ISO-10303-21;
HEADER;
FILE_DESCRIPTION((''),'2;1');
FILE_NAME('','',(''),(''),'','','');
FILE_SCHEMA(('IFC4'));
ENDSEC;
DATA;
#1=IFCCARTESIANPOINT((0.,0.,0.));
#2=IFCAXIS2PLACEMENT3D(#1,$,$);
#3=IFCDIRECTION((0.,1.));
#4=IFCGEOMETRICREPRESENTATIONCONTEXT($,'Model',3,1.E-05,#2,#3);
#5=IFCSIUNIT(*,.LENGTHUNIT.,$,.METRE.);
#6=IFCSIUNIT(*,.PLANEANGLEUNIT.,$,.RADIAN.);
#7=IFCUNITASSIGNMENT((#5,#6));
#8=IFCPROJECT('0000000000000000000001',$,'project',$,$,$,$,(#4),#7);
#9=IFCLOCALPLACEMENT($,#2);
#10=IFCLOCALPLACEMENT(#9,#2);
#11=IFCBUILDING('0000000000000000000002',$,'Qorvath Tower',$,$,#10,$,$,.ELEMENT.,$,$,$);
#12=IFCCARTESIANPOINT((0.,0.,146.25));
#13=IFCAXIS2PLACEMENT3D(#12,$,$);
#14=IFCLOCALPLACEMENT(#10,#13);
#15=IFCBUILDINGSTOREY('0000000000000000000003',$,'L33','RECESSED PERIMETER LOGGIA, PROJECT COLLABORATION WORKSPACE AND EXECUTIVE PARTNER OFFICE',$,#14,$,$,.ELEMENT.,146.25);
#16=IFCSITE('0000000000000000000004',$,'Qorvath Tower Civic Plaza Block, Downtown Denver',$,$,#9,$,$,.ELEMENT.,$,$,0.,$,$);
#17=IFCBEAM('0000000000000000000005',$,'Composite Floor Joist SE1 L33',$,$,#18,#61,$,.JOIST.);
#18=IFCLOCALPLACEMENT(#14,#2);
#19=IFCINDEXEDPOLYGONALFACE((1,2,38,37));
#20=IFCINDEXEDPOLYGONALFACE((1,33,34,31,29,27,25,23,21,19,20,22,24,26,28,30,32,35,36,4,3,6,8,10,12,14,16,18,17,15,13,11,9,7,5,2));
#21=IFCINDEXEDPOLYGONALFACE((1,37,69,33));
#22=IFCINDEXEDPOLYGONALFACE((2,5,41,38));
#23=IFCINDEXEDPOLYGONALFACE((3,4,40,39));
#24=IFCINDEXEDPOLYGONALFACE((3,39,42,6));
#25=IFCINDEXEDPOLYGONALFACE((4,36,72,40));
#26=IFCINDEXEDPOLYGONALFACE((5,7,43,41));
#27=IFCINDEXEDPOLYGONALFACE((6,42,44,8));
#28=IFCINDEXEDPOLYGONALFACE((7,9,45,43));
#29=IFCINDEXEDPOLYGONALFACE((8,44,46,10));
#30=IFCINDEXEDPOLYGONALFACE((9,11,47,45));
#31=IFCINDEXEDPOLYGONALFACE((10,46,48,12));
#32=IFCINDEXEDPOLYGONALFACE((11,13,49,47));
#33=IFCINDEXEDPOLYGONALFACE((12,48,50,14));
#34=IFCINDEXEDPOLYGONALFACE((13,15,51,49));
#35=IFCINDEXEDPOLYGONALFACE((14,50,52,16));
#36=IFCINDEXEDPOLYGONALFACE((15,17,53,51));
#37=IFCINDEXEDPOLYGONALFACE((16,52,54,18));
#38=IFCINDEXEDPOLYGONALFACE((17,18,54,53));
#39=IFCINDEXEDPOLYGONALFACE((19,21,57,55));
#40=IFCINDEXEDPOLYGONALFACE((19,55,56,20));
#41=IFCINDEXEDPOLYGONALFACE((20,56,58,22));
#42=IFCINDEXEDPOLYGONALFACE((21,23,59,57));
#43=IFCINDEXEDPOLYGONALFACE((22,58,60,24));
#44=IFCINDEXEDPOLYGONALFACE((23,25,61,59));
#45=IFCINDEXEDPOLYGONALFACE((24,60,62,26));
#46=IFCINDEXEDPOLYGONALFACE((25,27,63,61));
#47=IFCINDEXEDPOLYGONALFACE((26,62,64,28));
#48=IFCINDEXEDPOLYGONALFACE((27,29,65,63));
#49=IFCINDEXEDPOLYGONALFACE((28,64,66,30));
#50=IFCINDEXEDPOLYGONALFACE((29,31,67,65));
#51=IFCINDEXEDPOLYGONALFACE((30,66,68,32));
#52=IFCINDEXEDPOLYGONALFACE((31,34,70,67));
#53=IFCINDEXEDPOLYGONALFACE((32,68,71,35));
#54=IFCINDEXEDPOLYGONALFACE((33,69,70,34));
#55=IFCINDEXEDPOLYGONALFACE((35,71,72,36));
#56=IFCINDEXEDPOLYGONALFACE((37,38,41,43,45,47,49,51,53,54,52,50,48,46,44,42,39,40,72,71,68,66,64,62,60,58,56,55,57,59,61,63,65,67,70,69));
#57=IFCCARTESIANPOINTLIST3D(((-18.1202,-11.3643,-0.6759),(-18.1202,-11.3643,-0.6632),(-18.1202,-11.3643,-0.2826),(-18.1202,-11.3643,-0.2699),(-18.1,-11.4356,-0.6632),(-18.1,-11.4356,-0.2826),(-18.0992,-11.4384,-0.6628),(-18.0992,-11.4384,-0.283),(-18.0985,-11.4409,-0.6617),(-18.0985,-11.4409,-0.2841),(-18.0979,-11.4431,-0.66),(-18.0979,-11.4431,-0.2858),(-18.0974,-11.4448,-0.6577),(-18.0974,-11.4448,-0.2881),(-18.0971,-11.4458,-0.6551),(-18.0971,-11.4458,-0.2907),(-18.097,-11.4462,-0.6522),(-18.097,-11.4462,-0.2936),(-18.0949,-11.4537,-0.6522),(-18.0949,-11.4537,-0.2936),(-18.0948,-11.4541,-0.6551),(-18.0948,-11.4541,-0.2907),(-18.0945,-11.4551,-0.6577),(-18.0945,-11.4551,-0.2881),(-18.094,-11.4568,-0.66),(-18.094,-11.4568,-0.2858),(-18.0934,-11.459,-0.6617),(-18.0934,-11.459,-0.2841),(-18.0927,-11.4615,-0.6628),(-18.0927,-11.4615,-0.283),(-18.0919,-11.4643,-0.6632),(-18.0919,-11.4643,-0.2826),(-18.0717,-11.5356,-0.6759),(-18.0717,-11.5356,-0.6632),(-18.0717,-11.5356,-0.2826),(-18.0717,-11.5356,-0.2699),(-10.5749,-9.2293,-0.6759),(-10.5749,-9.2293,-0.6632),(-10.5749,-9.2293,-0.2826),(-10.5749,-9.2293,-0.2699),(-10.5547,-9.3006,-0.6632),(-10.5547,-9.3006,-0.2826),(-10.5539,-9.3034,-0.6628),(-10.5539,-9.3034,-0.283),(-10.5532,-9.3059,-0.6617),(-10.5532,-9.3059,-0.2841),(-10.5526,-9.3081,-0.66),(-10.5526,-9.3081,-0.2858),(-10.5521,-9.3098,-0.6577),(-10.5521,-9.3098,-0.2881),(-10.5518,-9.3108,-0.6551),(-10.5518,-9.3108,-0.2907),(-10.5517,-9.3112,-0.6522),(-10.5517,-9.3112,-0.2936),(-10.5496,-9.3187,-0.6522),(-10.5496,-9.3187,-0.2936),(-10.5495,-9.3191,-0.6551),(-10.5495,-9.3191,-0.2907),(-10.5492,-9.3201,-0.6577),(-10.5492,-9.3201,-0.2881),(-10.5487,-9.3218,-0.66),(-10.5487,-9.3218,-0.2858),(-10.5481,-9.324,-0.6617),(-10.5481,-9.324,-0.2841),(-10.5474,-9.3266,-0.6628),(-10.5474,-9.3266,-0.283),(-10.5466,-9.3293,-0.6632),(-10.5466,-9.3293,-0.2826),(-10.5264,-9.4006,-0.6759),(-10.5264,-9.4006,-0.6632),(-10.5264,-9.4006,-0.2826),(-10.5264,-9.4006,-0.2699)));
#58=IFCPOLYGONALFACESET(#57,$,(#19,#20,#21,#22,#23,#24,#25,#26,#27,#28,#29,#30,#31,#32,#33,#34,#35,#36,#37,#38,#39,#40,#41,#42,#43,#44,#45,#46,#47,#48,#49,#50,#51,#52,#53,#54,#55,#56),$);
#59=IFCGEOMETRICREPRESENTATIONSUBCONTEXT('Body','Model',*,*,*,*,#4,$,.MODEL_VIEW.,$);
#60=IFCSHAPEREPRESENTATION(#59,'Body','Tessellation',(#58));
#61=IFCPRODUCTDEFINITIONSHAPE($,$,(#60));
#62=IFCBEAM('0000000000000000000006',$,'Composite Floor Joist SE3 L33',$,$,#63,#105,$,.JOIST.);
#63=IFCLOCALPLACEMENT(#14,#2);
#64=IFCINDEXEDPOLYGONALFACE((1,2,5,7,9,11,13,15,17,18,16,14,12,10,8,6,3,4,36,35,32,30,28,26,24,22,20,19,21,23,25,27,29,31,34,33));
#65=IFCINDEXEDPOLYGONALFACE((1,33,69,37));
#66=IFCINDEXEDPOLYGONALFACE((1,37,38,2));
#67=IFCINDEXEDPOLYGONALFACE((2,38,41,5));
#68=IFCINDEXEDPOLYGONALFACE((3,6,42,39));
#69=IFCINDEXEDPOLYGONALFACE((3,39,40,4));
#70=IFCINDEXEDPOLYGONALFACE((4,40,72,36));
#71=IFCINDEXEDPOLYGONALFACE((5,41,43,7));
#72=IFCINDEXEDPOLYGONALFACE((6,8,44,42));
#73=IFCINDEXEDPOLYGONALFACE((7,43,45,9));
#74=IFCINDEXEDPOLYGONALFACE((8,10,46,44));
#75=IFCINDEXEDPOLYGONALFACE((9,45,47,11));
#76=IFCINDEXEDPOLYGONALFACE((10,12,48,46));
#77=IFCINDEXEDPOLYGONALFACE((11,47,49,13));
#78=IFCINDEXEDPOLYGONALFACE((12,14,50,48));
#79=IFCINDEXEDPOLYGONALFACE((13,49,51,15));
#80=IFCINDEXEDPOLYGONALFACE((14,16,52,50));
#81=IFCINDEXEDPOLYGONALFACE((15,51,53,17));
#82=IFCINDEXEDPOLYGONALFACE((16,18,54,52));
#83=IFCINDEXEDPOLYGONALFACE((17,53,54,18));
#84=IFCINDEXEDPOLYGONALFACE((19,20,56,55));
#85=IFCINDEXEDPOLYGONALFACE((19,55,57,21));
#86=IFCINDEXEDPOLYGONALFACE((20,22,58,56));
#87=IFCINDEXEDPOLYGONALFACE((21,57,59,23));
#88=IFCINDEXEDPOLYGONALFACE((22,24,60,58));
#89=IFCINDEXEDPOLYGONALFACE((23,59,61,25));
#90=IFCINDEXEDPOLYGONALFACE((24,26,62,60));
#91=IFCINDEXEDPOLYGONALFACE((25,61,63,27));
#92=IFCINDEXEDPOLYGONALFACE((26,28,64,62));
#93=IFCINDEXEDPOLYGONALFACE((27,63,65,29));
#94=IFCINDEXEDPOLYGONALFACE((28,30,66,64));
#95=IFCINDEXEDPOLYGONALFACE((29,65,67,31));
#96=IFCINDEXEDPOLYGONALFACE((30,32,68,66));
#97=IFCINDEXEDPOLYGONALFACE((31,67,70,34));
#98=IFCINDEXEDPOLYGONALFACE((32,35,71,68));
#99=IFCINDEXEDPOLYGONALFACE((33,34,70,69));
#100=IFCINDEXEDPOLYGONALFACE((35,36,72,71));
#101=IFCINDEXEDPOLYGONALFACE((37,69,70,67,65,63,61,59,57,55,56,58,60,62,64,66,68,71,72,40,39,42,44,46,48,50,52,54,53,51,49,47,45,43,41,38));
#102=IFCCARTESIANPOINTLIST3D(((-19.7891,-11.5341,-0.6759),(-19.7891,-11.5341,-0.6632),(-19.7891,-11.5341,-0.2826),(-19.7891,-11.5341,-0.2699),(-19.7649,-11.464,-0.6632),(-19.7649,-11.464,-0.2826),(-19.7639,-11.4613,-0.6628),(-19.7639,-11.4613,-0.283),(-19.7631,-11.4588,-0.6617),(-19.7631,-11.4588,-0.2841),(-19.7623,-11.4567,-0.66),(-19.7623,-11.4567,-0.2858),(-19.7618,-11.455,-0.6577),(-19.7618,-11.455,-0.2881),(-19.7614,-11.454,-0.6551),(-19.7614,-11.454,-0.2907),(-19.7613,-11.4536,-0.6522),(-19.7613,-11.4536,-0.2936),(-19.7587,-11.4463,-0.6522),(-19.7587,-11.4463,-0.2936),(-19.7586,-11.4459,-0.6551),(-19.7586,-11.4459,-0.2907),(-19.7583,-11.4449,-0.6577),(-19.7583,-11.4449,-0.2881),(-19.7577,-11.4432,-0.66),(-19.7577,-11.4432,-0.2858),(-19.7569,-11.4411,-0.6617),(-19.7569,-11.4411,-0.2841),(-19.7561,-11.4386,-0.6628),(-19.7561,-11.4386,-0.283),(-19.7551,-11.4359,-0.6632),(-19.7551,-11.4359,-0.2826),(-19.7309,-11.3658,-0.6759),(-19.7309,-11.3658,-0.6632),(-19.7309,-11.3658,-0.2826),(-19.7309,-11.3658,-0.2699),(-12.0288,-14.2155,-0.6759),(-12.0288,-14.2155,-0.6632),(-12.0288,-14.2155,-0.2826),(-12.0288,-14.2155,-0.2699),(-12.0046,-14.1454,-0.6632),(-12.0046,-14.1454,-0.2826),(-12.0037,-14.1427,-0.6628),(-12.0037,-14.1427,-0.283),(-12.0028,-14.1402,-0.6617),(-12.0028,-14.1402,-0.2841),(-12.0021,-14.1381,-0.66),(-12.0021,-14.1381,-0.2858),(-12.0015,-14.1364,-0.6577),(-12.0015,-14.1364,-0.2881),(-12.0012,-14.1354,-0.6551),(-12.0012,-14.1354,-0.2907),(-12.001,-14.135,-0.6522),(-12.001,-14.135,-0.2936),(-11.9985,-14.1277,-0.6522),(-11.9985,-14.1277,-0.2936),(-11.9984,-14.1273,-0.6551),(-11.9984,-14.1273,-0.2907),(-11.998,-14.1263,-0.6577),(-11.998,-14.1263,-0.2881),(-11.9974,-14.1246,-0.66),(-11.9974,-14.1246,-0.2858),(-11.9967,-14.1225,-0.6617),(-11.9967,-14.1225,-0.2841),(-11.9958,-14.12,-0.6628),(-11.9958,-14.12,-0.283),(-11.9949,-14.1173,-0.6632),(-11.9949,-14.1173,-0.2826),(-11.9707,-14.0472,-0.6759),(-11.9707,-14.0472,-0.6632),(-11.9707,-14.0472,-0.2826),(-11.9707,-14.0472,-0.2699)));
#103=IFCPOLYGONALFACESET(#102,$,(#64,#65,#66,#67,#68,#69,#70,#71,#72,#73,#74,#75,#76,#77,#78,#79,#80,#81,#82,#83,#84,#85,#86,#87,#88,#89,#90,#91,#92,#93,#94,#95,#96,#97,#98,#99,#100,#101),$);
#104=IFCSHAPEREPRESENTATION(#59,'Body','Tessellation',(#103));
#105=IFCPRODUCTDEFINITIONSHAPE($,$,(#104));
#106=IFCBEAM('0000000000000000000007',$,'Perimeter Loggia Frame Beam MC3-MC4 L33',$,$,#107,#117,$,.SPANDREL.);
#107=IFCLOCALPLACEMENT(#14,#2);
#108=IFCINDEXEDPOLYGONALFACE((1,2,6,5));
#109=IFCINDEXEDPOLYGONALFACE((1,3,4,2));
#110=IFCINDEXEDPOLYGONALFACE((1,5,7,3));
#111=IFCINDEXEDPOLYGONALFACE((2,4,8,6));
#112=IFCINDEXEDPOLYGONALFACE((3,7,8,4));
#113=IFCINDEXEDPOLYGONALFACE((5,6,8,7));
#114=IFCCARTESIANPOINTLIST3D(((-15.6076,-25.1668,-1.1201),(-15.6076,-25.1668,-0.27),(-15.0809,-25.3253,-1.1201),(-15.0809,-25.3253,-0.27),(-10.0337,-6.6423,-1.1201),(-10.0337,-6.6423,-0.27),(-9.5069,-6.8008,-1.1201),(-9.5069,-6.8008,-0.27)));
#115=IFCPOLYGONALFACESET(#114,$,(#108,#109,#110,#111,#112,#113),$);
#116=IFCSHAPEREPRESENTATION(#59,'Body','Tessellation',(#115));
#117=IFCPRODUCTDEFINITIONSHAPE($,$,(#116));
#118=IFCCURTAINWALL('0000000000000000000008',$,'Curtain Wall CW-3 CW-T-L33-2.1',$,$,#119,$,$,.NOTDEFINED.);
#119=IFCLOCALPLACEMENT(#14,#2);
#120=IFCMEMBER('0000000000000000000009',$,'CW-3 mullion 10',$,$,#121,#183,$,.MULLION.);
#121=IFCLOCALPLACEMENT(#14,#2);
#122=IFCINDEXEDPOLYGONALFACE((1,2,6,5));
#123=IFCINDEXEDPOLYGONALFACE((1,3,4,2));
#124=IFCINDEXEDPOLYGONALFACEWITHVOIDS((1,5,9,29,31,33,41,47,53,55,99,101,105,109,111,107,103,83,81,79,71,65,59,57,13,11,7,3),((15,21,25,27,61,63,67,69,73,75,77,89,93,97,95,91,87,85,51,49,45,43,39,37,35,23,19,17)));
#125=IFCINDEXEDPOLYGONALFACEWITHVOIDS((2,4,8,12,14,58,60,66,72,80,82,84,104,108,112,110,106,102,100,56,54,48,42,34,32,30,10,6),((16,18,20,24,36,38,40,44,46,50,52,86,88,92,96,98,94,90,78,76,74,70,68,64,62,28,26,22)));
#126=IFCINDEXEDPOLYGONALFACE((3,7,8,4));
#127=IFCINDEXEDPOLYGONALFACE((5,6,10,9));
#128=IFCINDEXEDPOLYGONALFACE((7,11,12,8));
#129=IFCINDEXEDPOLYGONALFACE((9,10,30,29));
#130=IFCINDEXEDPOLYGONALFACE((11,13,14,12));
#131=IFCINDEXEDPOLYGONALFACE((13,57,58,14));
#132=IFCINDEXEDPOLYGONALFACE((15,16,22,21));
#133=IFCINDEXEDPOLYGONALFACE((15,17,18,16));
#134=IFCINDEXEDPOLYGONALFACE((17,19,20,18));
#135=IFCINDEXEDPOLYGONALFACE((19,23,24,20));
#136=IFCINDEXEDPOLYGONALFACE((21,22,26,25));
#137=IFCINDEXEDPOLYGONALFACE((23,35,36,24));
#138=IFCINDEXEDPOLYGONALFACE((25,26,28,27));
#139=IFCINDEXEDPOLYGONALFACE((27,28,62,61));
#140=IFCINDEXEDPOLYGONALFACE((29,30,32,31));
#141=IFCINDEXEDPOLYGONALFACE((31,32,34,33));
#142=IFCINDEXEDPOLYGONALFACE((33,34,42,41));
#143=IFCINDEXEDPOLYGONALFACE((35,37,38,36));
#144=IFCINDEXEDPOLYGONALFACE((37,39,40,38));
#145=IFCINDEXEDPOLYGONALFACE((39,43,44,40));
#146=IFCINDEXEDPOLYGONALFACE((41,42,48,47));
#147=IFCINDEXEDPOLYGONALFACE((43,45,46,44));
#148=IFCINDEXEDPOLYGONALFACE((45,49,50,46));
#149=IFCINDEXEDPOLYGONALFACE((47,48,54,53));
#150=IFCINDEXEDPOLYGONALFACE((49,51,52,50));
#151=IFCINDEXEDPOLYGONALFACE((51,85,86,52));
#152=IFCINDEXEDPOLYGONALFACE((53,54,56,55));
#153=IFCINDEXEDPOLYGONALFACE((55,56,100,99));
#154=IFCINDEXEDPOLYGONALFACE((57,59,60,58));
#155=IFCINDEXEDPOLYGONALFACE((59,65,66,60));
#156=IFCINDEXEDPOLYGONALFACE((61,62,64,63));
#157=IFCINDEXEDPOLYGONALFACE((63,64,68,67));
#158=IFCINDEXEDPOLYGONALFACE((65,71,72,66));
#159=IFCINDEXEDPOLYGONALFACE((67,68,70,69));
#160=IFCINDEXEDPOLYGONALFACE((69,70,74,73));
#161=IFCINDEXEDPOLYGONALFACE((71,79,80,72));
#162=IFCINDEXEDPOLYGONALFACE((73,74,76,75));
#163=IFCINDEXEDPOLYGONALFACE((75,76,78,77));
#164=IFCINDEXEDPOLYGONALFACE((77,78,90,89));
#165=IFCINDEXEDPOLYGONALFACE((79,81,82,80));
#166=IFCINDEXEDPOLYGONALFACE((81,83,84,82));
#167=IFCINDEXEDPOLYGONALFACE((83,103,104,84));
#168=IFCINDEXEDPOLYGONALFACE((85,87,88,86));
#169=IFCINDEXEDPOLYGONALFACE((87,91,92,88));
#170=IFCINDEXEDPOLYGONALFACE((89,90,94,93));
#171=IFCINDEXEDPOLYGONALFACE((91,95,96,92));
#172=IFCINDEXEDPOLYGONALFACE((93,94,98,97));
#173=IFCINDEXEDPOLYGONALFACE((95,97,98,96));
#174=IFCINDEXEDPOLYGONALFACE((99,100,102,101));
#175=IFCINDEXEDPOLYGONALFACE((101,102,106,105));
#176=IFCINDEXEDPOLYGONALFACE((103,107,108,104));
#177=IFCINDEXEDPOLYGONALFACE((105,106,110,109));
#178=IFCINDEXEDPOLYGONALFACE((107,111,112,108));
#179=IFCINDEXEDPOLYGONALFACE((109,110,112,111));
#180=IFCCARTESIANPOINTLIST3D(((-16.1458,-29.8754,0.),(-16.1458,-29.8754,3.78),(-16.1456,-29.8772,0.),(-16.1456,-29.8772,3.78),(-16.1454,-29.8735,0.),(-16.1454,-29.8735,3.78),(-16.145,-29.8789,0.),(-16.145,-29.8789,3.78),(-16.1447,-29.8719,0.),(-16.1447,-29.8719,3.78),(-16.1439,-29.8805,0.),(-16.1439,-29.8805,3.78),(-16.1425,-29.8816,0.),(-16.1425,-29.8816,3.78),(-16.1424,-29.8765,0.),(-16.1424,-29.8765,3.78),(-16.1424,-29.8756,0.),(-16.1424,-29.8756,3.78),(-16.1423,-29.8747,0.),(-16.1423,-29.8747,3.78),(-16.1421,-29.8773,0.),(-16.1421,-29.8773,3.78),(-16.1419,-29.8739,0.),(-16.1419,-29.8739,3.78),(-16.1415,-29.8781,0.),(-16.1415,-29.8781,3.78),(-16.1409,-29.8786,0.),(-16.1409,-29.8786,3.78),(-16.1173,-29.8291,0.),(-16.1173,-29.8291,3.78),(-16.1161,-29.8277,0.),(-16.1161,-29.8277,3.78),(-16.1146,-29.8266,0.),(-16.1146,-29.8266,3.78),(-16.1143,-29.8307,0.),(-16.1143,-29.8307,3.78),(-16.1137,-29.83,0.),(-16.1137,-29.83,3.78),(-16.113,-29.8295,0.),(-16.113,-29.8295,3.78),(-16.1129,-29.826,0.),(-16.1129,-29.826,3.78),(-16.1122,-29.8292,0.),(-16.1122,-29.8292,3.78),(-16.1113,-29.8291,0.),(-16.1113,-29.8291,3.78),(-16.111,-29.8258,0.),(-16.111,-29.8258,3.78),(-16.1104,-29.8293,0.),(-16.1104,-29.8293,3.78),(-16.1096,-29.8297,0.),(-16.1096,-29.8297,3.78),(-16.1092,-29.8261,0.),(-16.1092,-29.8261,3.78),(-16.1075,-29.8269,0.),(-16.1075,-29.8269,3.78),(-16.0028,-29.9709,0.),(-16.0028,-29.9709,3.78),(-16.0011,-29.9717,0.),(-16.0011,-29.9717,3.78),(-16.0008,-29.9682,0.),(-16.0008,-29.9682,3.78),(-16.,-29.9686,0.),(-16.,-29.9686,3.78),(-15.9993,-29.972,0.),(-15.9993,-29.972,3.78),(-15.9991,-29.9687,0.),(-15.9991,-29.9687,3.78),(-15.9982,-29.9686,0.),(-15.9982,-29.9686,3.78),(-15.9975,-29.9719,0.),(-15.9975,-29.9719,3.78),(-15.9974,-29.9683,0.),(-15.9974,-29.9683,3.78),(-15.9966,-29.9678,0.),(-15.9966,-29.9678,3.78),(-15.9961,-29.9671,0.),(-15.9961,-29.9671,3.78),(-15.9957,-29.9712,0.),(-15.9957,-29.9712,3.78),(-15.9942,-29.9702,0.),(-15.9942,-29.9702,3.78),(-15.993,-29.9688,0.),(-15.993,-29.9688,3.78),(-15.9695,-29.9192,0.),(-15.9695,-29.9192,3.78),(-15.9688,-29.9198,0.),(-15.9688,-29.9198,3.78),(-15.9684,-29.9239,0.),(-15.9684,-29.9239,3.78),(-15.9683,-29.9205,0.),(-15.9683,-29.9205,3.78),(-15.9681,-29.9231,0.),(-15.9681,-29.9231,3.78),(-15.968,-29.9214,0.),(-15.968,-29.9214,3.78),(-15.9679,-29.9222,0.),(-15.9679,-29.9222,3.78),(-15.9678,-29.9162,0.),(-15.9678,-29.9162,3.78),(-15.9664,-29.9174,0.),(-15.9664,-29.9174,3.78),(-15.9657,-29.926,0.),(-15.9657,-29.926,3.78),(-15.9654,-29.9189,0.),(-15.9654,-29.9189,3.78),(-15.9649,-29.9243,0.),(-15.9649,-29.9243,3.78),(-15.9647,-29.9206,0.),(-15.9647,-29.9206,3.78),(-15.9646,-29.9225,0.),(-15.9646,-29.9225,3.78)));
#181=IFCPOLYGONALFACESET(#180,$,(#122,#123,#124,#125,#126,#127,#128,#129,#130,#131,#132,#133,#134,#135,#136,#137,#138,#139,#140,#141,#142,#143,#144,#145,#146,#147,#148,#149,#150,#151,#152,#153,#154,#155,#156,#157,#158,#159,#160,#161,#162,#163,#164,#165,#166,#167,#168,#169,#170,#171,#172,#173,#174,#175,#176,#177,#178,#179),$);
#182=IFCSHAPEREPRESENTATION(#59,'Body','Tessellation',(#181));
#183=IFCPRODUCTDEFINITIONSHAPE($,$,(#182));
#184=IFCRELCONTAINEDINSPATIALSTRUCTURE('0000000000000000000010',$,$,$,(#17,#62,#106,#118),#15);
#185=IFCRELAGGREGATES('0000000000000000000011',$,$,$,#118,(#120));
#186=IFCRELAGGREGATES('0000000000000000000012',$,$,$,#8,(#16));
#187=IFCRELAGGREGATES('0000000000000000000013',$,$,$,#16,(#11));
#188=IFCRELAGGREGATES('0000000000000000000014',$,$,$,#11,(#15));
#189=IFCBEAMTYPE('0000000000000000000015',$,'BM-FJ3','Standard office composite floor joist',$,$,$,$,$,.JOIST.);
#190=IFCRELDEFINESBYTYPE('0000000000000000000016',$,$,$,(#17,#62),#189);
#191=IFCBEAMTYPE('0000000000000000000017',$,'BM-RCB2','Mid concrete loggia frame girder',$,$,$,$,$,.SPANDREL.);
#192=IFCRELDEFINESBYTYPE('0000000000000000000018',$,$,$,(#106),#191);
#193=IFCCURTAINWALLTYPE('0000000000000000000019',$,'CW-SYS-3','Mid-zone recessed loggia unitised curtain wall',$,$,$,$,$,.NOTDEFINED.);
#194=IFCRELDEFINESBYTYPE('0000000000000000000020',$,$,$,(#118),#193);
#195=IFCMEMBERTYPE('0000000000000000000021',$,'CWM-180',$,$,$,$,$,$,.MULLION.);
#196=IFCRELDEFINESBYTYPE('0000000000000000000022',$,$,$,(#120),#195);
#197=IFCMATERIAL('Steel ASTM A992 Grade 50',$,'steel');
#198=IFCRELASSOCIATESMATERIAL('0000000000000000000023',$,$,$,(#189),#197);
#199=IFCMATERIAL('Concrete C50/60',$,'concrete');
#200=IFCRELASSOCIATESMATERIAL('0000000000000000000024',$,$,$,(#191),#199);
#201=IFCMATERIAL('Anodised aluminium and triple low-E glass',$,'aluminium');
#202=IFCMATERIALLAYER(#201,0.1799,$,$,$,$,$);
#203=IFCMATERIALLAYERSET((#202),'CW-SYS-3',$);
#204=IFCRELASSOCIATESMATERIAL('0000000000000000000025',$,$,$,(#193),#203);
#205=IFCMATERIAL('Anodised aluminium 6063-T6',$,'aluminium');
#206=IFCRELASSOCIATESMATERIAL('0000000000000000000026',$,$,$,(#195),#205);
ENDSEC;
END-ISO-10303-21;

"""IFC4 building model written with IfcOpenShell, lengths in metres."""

from ifc_helpers import new_model, si_unit, direction, frame, origin, origin_2d, place, context, subcontext, project, spatial, rectangle, hollow_rectangle, i_section, extrude, material, layer, layer_set, material_profile, profile_set, type_object, element, aggregate, save


model = new_model("IFC4")

# Units and contexts
model_context = context("Model", 3, precision=1e-05, world=origin(), true_north=direction((0.0, 1.0)))
body_context = subcontext(model_context, "Body", "Model", "MODEL_VIEW")
ifc_project = project(units=[si_unit("LENGTHUNIT", "METRE"), si_unit("PLANEANGLEUNIT", "RADIAN")], contexts=[model_context])

# Site, building, storey
site_placement = place(None, origin())
site = spatial("IfcSite", under=ifc_project, at=site_placement, Name="Qorvath Tower Civic Plaza Block, Downtown Denver", CompositionType="ELEMENT", RefElevation=0.0)
building_placement = place(site_placement, origin())
building = spatial("IfcBuilding", under=site, at=building_placement, Name="Qorvath Tower", CompositionType="ELEMENT")
storey_placement = place(building_placement, frame((0.0, 0.0, 146.25)))
storey = spatial("IfcBuildingStorey", under=building, at=storey_placement, Name="L33", Description="RECESSED PERIMETER LOGGIA, PROJECT COLLABORATION WORKSPACE AND EXECUTIVE PARTNER OFFICE", CompositionType="ELEMENT", Elevation=146.25)

# Beams
ifc_material_1 = material(Name="Steel ASTM A992 Grade 50", Category="steel")
ifc_material_profile_1 = material_profile(ifc_material_1, i_section(OverallWidth=0.178, OverallDepth=0.406, WebThickness=0.0078, FlangeThickness=0.0127, FilletRadius=0.011, at=origin_2d()), Name="W16x40")
ifc_profile_set_1 = profile_set([ifc_material_profile_1], Name="Steel ASTM A992 Grade 50")
beam_type_1 = type_object("IfcBeamType", Name="BM-FJ3", Description="Standard office composite floor joist", PredefinedType="JOIST", material=ifc_profile_set_1)
beam_1_placement = place(storey_placement, frame((-18.0959, -11.45, -0.4729), z_axis=(0.962222, 0.272265, 0.0), x_axis=(-0.272265, 0.962222, 0.0)))
element("IfcBeam", 1, at=beam_1_placement, inside=storey, type_object=beam_type_1, Name="Composite Floor Joist SE1 L33", PredefinedType="JOIST", context=body_context, shape_type="SweptSolid", body=[
    extrude(i_section(OverallWidth=0.178, OverallDepth=0.406, WebThickness=0.0078, FlangeThickness=0.0127, FilletRadius=0.011, at=origin_2d()), origin(), (0.0, 0.0, 1.0), 7.8416),
])
beam_2_placement = place(storey_placement, frame((-19.76, -11.45, -0.4729), z_axis=(0.945168, -0.326584, 0.0), x_axis=(0.326584, 0.945168, 0.0)))
element("IfcBeam", 2, at=beam_2_placement, inside=storey, type_object=beam_type_1, Name="Composite Floor Joist SE3 L33", PredefinedType="JOIST", context=body_context, shape_type="SweptSolid", body=[
    extrude(i_section(OverallWidth=0.178, OverallDepth=0.406, WebThickness=0.0078, FlangeThickness=0.0127, FilletRadius=0.011, at=origin_2d()), origin(), (0.0, 0.0, 1.0), 8.2104),
])
ifc_material_2 = material(Name="Concrete C50/60", Category="concrete")
ifc_material_profile_2 = material_profile(ifc_material_2, rectangle(XDim=0.55, YDim=0.8501, at=origin_2d()), Name="RCB 850x550")
ifc_profile_set_2 = profile_set([ifc_material_profile_2], Name="Concrete C50/60")
beam_type_2 = type_object("IfcBeamType", Name="BM-RCB2", Description="Mid concrete loggia frame girder", PredefinedType="SPANDREL", material=ifc_profile_set_2)
beam_3_placement = place(storey_placement, frame((-15.3442, -25.2461, -0.6951), z_axis=(0.288134, 0.95759, 0.0), x_axis=(-0.95759, 0.288134, 0.0)))
element("IfcBeam", 3, at=beam_3_placement, inside=storey, type_object=beam_type_2, Name="Perimeter Loggia Frame Beam MC3-MC4 L33", PredefinedType="SPANDREL", context=body_context, shape_type="SweptSolid", body=[
    extrude(rectangle(XDim=0.55, YDim=0.8501, at=origin_2d()), origin(), (0.0, 0.0, 1.0), 19.345),
])

# Curtain wall, member
ifc_material_3 = material(Name="Anodised aluminium and triple low-E glass", Category="aluminium")
ifc_layer_1 = layer(ifc_material_3, 0.1799)
ifc_layer_set_1 = layer_set([ifc_layer_1], Name="CW-SYS-3")
curtain_wall_type = type_object("IfcCurtainWallType", Name="CW-SYS-3", Description="Mid-zone recessed loggia unitised curtain wall", PredefinedType="NOTDEFINED", material=ifc_layer_set_1)
curtain_wall_1_placement = place(storey_placement, origin())
curtain_wall_1 = element("IfcCurtainWall", 4, at=curtain_wall_1_placement, inside=storey, type_object=curtain_wall_type, Name="Curtain Wall CW-3 CW-T-L33-2.1", PredefinedType="NOTDEFINED")
ifc_material_4 = material(Name="Anodised aluminium 6063-T6", Category="aluminium")
ifc_material_profile_3 = material_profile(ifc_material_4, hollow_rectangle(XDim=0.0649, YDim=0.1799, WallThickness=0.0034, InnerFilletRadius=0.0034, OuterFilletRadius=0.0071, at=origin_2d()), Name="CWM 180x65")
ifc_profile_set_3 = profile_set([ifc_material_profile_3], Name="Anodised aluminium 6063-T6")
member_type_1 = type_object("IfcMemberType", Name="CWM-180", PredefinedType="MULLION", material=ifc_profile_set_3)
member_1_placement = place(storey_placement, frame((-16.0552, -29.8989, 0.0), z_axis=(0.0, 0.0, 1.0), x_axis=(0.538533, 0.842604, 0.0)))
member_1 = element("IfcMember", 5, at=member_1_placement, type_object=member_type_1, Name="CW-3 mullion 10", PredefinedType="MULLION", context=body_context, shape_type="SweptSolid", body=[
    extrude(hollow_rectangle(XDim=0.0649, YDim=0.1799, WallThickness=0.0034, InnerFilletRadius=0.0034, OuterFilletRadius=0.0071, at=origin_2d()), origin(), (0.0, 0.0, 1.0), 3.78),
])

aggregate(curtain_wall_1, [member_1])

save(model, "model.ifc")
